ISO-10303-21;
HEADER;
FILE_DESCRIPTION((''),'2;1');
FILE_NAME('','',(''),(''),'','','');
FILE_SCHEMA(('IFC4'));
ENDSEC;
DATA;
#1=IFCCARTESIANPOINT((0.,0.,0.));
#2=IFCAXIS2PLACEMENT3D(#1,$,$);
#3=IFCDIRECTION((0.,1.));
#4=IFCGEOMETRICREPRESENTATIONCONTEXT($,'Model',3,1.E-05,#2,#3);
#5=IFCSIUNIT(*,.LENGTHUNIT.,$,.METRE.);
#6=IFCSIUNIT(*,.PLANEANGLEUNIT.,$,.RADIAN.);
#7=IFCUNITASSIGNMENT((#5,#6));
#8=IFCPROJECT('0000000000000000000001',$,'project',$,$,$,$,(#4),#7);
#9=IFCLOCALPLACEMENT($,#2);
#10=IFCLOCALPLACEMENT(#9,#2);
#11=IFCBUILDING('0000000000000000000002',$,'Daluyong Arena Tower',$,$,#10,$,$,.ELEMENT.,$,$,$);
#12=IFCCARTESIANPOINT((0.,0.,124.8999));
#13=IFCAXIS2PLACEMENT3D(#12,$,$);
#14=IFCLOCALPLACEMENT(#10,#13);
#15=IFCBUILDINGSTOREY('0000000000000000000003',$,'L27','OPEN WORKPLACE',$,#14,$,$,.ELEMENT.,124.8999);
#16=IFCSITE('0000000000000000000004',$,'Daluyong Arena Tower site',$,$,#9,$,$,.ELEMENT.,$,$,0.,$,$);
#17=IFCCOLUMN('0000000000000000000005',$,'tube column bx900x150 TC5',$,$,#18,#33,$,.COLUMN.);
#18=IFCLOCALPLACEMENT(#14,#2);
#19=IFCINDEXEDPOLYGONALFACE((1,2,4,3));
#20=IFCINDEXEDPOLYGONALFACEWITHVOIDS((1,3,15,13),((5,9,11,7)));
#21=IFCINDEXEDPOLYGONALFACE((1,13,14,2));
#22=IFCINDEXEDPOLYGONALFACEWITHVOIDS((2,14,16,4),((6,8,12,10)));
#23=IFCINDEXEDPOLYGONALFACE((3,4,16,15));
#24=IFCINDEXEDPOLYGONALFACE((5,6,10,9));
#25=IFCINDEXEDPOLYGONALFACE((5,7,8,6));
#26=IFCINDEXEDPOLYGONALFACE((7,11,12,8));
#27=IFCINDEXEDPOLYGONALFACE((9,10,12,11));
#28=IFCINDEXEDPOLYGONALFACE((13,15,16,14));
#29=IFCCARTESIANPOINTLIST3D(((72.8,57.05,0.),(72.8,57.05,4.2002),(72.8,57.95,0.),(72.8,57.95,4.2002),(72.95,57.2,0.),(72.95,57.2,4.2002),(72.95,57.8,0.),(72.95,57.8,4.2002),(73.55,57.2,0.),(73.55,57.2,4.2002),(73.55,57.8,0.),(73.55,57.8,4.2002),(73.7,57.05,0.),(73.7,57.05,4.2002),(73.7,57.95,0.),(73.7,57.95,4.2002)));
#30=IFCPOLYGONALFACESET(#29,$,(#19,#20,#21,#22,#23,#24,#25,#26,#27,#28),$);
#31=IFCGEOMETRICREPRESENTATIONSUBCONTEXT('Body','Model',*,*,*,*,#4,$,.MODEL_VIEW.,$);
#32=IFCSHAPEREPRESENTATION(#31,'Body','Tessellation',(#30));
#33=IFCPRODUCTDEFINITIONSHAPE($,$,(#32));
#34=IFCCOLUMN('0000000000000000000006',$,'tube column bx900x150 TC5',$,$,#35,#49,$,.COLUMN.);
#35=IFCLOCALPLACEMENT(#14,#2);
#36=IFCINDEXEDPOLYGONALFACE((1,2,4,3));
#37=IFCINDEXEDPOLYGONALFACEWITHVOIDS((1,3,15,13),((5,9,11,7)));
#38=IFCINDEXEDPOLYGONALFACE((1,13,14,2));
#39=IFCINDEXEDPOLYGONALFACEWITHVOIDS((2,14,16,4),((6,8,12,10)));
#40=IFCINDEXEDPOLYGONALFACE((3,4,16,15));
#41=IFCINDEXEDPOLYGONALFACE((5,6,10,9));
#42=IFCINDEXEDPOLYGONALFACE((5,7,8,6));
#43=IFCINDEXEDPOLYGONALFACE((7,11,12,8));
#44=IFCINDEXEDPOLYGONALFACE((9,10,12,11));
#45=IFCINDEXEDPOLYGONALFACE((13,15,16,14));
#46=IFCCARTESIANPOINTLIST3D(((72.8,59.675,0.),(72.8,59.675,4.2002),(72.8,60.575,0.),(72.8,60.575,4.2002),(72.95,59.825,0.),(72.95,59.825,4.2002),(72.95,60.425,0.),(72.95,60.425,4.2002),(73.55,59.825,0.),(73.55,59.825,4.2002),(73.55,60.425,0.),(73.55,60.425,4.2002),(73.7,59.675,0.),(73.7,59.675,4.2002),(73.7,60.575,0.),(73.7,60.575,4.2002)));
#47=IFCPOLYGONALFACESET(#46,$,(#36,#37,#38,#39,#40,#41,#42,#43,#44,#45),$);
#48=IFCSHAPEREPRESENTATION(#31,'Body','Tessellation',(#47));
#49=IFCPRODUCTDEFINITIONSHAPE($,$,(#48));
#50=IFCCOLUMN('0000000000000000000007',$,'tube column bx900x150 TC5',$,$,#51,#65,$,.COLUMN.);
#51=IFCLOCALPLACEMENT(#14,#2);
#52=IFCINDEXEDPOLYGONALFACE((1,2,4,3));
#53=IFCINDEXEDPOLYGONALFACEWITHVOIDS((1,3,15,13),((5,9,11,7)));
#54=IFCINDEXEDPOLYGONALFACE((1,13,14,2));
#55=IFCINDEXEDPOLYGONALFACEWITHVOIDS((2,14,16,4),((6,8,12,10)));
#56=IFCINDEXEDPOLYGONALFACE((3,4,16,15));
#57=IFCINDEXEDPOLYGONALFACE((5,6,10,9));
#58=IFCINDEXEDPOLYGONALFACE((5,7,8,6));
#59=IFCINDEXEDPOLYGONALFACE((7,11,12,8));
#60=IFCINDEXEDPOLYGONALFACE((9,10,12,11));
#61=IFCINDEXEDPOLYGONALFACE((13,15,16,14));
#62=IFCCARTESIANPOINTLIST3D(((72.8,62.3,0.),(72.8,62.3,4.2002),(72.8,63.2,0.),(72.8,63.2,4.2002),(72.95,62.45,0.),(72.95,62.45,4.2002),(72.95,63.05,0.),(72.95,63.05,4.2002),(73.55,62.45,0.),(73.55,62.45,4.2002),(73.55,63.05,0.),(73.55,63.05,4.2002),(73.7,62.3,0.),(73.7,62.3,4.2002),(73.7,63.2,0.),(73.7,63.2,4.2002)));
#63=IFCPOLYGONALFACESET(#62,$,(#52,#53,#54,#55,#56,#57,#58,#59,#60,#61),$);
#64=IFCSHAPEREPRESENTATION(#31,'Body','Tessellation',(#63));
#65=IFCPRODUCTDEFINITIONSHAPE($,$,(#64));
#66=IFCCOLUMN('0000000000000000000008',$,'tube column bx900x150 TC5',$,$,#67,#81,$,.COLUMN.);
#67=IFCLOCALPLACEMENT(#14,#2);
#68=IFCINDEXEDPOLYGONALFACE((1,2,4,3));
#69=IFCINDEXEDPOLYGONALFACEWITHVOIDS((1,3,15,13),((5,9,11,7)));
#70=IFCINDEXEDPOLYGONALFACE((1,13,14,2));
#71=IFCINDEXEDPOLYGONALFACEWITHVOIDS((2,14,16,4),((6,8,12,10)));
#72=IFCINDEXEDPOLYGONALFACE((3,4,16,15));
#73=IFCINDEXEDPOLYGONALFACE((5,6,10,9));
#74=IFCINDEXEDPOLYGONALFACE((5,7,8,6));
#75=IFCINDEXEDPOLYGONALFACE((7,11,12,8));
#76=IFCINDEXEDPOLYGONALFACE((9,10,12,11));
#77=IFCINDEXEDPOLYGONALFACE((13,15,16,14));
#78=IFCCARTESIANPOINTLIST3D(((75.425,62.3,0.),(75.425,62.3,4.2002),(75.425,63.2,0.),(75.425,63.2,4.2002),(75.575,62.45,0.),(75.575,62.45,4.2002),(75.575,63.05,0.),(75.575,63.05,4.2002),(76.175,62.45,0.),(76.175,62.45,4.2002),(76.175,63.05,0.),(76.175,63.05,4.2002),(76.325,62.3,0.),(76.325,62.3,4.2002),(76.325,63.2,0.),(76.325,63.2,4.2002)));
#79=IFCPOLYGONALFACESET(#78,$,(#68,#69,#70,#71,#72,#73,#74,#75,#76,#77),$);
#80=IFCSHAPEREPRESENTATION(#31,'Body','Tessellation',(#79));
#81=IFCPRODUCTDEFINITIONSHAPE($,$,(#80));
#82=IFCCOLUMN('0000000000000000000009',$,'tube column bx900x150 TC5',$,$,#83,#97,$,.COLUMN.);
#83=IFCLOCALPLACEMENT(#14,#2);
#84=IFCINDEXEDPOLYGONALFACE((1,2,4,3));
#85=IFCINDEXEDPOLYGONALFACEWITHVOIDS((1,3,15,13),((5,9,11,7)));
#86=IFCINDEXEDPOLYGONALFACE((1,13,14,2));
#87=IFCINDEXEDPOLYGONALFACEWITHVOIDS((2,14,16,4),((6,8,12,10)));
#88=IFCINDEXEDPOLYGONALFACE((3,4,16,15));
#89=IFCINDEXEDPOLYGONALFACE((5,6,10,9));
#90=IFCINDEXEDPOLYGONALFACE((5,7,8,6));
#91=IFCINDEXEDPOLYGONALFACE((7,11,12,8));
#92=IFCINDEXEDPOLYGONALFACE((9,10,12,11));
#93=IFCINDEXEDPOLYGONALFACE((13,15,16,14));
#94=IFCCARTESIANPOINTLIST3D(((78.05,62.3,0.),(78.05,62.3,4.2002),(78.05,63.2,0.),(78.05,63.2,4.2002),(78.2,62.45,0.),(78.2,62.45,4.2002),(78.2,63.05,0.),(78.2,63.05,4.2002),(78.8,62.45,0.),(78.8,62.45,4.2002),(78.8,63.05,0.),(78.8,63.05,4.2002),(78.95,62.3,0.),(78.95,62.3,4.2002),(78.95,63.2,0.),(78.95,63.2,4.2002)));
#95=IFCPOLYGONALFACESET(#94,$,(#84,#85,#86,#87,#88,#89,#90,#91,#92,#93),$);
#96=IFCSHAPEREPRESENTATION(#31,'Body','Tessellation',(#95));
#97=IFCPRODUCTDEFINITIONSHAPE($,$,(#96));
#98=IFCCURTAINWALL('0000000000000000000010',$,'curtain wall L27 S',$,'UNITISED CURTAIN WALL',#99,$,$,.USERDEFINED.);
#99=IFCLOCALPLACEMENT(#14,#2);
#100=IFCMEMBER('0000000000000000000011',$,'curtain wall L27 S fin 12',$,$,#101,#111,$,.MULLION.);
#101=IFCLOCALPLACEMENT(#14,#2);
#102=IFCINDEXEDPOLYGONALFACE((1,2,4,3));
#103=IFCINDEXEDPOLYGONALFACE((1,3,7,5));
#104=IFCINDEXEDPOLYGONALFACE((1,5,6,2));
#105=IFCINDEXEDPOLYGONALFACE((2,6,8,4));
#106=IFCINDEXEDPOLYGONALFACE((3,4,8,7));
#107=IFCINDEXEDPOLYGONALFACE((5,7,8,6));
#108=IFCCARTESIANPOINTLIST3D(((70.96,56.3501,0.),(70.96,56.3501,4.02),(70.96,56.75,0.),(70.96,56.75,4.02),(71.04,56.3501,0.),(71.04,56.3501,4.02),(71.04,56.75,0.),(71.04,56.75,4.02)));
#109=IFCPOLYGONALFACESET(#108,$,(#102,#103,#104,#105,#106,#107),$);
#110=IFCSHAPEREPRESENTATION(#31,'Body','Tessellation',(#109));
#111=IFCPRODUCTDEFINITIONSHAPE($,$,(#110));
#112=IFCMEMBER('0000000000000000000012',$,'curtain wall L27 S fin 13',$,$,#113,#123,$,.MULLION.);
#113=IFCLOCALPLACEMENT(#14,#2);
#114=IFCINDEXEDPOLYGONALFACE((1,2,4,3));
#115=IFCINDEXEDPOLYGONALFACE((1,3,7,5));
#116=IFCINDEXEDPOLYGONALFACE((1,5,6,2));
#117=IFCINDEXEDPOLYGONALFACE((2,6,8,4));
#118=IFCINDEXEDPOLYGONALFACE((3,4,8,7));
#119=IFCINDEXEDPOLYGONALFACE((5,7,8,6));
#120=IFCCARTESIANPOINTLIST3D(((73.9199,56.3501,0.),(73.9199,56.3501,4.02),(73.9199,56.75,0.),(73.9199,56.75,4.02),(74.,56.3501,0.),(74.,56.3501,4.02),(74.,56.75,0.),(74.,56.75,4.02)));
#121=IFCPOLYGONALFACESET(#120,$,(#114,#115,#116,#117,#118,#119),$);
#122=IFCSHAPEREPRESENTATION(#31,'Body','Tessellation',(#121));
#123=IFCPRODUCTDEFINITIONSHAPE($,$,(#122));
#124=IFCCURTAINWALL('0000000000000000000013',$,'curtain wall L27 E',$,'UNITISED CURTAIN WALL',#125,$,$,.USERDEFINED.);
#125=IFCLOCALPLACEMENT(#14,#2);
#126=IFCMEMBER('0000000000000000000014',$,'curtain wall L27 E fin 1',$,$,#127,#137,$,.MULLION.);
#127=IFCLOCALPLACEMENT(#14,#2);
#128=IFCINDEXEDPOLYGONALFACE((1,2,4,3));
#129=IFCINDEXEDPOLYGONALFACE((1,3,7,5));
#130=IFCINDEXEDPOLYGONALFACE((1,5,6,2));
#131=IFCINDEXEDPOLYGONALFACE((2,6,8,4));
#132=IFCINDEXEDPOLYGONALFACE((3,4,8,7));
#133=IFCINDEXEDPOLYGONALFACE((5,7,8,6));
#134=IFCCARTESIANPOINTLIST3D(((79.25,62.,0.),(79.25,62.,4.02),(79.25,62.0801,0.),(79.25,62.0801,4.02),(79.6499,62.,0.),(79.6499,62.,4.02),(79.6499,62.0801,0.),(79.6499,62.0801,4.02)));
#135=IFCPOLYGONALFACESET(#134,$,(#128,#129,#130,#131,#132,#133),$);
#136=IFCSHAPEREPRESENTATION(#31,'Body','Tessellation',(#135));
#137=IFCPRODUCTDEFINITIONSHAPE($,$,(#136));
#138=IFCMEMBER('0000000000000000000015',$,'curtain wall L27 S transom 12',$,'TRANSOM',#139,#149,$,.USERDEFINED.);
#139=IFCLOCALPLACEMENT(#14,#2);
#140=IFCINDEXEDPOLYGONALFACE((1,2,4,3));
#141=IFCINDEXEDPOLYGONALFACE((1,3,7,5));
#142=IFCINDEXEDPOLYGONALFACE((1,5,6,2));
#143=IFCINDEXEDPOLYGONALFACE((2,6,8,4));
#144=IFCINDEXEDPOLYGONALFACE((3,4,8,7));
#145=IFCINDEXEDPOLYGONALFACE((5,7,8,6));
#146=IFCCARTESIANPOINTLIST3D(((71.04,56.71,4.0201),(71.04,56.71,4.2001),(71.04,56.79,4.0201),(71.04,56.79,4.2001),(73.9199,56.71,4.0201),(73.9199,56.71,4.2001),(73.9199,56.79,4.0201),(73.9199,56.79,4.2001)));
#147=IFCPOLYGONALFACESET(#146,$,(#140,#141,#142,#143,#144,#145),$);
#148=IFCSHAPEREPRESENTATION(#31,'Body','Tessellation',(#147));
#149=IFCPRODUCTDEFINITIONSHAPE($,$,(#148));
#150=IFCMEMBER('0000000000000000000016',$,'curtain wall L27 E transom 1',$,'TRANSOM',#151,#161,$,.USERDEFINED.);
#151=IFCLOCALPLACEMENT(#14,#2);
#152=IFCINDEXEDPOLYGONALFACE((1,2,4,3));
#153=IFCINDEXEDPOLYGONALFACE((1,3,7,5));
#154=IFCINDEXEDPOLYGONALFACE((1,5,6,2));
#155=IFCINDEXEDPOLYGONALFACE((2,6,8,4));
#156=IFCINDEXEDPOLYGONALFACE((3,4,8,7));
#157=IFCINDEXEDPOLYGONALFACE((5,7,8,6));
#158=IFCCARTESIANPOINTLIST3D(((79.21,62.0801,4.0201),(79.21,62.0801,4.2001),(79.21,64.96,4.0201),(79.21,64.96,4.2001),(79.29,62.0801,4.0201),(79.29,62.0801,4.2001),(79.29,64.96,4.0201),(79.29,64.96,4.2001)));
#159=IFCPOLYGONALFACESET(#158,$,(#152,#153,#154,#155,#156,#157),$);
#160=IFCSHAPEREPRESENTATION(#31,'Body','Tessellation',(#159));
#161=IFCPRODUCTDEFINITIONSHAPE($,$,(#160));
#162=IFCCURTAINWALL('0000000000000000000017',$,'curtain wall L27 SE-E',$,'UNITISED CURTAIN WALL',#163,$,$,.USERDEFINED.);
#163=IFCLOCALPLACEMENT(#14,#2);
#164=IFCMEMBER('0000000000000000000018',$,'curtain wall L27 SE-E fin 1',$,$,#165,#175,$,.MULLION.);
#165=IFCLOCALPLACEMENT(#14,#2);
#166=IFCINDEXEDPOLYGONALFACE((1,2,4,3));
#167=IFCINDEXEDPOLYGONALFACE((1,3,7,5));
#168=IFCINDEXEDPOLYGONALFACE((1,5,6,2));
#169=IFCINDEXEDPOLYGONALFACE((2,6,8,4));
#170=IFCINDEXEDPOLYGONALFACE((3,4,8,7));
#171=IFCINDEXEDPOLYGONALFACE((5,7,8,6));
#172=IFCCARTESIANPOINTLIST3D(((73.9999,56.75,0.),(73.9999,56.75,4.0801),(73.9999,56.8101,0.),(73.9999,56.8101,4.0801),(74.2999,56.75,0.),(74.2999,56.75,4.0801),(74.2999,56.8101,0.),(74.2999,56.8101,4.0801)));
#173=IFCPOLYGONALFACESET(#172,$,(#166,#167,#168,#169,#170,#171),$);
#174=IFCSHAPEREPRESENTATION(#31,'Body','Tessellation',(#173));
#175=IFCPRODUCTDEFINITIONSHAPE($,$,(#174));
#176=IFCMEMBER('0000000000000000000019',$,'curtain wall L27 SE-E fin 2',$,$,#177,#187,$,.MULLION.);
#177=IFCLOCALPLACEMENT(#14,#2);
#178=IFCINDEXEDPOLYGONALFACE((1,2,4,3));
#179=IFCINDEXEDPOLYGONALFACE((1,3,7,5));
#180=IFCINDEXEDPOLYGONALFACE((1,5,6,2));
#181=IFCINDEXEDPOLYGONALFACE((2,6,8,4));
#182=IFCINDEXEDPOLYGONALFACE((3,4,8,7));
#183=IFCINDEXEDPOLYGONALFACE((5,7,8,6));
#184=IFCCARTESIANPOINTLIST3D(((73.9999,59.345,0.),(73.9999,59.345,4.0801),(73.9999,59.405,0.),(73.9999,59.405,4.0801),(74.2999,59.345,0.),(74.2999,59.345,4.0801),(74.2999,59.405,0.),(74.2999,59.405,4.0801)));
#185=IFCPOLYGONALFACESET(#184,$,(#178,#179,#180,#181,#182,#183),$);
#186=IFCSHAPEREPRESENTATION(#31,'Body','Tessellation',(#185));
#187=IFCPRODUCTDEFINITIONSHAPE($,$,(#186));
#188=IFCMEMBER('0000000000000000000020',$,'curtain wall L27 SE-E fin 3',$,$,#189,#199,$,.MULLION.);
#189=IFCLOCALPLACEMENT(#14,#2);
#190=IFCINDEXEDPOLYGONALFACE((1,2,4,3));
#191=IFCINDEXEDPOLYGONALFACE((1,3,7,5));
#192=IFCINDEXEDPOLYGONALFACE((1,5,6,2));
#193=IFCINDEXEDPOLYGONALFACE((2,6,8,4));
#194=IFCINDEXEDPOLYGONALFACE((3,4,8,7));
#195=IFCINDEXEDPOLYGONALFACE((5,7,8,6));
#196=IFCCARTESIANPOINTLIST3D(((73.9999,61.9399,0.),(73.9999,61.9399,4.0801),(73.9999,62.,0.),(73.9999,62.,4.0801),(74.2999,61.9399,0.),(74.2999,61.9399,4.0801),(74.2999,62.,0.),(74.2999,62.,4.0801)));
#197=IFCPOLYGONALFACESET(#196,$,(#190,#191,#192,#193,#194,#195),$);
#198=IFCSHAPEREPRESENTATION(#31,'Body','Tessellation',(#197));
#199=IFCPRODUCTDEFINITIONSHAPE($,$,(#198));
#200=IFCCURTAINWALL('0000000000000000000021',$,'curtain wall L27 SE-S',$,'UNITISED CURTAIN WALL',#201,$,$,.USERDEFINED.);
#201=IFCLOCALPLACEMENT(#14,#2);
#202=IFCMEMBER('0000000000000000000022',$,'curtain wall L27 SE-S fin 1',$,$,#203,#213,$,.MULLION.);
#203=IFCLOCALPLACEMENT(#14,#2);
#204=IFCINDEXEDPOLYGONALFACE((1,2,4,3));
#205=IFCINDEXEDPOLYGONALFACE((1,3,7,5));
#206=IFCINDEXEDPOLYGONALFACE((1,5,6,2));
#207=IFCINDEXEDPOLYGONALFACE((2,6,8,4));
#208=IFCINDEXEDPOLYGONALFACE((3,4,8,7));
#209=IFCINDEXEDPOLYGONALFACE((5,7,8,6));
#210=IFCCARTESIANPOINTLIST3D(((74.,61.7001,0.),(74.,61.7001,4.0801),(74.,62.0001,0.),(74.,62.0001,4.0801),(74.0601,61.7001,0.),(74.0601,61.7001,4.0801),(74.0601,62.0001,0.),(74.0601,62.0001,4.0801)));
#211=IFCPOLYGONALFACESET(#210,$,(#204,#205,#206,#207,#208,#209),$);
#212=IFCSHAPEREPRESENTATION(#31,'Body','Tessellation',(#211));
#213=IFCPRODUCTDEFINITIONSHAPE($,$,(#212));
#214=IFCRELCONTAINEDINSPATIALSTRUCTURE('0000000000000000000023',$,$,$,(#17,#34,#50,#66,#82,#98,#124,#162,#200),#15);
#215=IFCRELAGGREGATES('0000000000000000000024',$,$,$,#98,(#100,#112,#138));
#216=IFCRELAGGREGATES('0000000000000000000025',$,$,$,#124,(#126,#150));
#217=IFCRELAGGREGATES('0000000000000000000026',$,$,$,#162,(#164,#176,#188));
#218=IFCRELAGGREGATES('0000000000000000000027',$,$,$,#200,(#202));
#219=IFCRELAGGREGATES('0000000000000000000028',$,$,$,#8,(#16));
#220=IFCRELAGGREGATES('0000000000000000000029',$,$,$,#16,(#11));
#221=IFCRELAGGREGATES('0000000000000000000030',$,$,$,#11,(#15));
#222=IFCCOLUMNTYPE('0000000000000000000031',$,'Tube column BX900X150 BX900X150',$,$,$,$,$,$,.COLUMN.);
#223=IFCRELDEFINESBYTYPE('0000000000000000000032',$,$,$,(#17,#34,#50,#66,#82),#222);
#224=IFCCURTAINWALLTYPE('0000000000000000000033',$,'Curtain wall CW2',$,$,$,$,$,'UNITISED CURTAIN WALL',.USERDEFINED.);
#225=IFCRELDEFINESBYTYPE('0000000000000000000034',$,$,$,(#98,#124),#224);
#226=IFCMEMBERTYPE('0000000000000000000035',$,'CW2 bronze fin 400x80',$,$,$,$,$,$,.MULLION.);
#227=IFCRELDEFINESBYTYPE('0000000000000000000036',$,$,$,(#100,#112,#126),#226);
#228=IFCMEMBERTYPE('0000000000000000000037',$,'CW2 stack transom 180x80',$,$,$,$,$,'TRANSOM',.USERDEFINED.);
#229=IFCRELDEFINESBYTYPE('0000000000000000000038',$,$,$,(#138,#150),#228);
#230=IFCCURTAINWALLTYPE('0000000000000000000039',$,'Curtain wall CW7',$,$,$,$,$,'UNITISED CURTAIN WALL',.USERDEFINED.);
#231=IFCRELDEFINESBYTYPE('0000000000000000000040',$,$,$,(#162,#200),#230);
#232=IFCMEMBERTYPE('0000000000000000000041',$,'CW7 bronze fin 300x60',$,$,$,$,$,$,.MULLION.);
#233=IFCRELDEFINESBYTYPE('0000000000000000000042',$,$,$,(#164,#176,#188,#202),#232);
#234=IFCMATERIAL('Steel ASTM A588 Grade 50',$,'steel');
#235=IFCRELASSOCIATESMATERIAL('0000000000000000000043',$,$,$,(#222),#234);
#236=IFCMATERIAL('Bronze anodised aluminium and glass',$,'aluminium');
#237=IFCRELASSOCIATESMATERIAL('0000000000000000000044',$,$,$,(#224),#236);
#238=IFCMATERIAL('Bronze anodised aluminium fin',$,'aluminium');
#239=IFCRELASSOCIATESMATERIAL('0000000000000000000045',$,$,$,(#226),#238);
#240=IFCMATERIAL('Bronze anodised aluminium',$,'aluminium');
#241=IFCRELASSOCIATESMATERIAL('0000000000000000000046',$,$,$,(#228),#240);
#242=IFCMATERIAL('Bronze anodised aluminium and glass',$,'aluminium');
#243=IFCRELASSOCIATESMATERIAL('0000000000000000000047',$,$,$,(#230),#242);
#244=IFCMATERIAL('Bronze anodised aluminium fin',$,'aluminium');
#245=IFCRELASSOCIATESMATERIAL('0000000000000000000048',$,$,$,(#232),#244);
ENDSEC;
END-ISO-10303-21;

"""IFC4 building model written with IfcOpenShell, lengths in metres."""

from ifc_helpers import new_model, si_unit, direction, frame, origin, origin_2d, place, context, subcontext, project, spatial, rectangle, hollow_rectangle, extrude, material, material_profile, profile_set, type_object, element, aggregate, save


model = new_model("IFC4")

# Units and contexts
model_context = context("Model", 3, precision=1e-05, world=origin(), true_north=direction((0.0, 1.0)))
body_context = subcontext(model_context, "Body", "Model", "MODEL_VIEW")
ifc_project = project(units=[si_unit("LENGTHUNIT", "METRE"), si_unit("PLANEANGLEUNIT", "RADIAN")], contexts=[model_context])

# Site, building, storey
site_placement = place(None, origin())
site = spatial("IfcSite", under=ifc_project, at=site_placement, Name="Daluyong Arena Tower site", CompositionType="ELEMENT", RefElevation=0.0)
building_placement = place(site_placement, origin())
building = spatial("IfcBuilding", under=site, at=building_placement, Name="Daluyong Arena Tower", CompositionType="ELEMENT")
storey_placement = place(building_placement, frame((0.0, 0.0, 124.8999)))
storey = spatial("IfcBuildingStorey", under=building, at=storey_placement, Name="L27", Description="OPEN WORKPLACE", CompositionType="ELEMENT", Elevation=124.8999)

# Columns
ifc_material_1 = material(Name="Steel ASTM A588 Grade 50", Category="steel")
ifc_material_profile_1 = material_profile(ifc_material_1, hollow_rectangle(XDim=0.8999, YDim=0.8999, WallThickness=0.15, at=origin_2d()))
ifc_profile_set_1 = profile_set([ifc_material_profile_1], Name="Steel ASTM A588 Grade 50")
column_type = type_object("IfcColumnType", Name="Tube column BX900X150 BX900X150", PredefinedType="COLUMN", material=ifc_profile_set_1)
for number, where, z_axis, x_axis, name in (
    (1, (73.25, 57.5, 0.0), (0.0, 0.0, 1.0), (0.0, 1.0, 0.0), "tube column bx900x150 TC5"),
    (2, (73.25, 60.125, 0.0), (0.0, 0.0, 1.0), (0.0, 1.0, 0.0), "tube column bx900x150 TC5"),
    (3, (73.25, 62.75, 0.0), (0.0, 0.0, 1.0), (1.0, 0.0, 0.0), "tube column bx900x150 TC5"),
    (4, (75.875, 62.75, 0.0), (0.0, 0.0, 1.0), (1.0, 0.0, 0.0), "tube column bx900x150 TC5"),
    (5, (78.5, 62.75, 0.0), (0.0, 0.0, 1.0), (0.0, 1.0, 0.0), "tube column bx900x150 TC5"),
):
    element("IfcColumn", number, at=place(storey_placement, frame(where, z_axis=z_axis, x_axis=x_axis)), inside=storey, type_object=column_type, Name=name, PredefinedType="COLUMN", context=body_context, shape_type="SweptSolid", body=[
        extrude(hollow_rectangle(XDim=0.8999, YDim=0.8999, WallThickness=0.15, at=origin_2d()), origin(), (0.0, 0.0, 1.0), 4.2002),
    ])

# Curtain wall, members
ifc_material_2 = material(Name="Bronze anodised aluminium and glass", Category="aluminium")
curtain_wall_type_1 = type_object("IfcCurtainWallType", Name="Curtain wall CW2", ElementType="UNITISED CURTAIN WALL", PredefinedType="USERDEFINED", material=ifc_material_2)
curtain_wall_1_placement = place(storey_placement, origin())
curtain_wall_1 = element("IfcCurtainWall", 6, at=curtain_wall_1_placement, inside=storey, type_object=curtain_wall_type_1, Name="curtain wall L27 S", ObjectType="UNITISED CURTAIN WALL", PredefinedType="USERDEFINED")
ifc_material_3 = material(Name="Bronze anodised aluminium fin", Category="aluminium")
ifc_material_profile_2 = material_profile(ifc_material_3, rectangle(XDim=0.3999, YDim=0.0801, at=origin_2d()))
ifc_profile_set_2 = profile_set([ifc_material_profile_2], Name="Bronze anodised aluminium fin")
member_type_1 = type_object("IfcMemberType", Name="CW2 bronze fin 400x80", PredefinedType="MULLION", material=ifc_profile_set_2)
member_1_placement = place(storey_placement, frame((71.0, 56.55, 0.0), z_axis=(0.0, 0.0, 1.0), x_axis=(0.0, 1.0, 0.0)))
member_1 = element("IfcMember", 7, at=member_1_placement, type_object=member_type_1, Name="curtain wall L27 S fin 12", PredefinedType="MULLION", context=body_context, shape_type="SweptSolid", body=[
    extrude(rectangle(XDim=0.3999, YDim=0.0801, at=origin_2d()), origin(), (0.0, 0.0, 1.0), 4.02),
])
member_2_placement = place(storey_placement, frame((73.96, 56.55, 0.0), z_axis=(0.0, 0.0, 1.0), x_axis=(0.0, 1.0, 0.0)))
member_2 = element("IfcMember", 8, at=member_2_placement, type_object=member_type_1, Name="curtain wall L27 S fin 13", PredefinedType="MULLION", context=body_context, shape_type="SweptSolid", body=[
    extrude(rectangle(XDim=0.3999, YDim=0.0801, at=origin_2d()), origin(), (0.0, 0.0, 1.0), 4.02),
])

# Curtain wall, member
curtain_wall_2_placement = place(storey_placement, origin())
curtain_wall_2 = element("IfcCurtainWall", 9, at=curtain_wall_2_placement, inside=storey, type_object=curtain_wall_type_1, Name="curtain wall L27 E", ObjectType="UNITISED CURTAIN WALL", PredefinedType="USERDEFINED")
member_3_placement = place(storey_placement, frame((79.45, 62.04, 0.0), z_axis=(0.0, 0.0, 1.0), x_axis=(-1.0, 0.0, 0.0)))
member_3 = element("IfcMember", 10, at=member_3_placement, type_object=member_type_1, Name="curtain wall L27 E fin 1", PredefinedType="MULLION", context=body_context, shape_type="SweptSolid", body=[
    extrude(rectangle(XDim=0.3999, YDim=0.0801, at=origin_2d()), origin(), (0.0, 0.0, 1.0), 4.02),
])

# Members
ifc_material_4 = material(Name="Bronze anodised aluminium", Category="aluminium")
ifc_material_profile_3 = material_profile(ifc_material_4, rectangle(XDim=0.0801, YDim=0.1799, at=origin_2d()))
ifc_profile_set_3 = profile_set([ifc_material_profile_3], Name="Bronze anodised aluminium")
member_type_2 = type_object("IfcMemberType", Name="CW2 stack transom 180x80", ElementType="TRANSOM", PredefinedType="USERDEFINED", material=ifc_profile_set_3)
member_4_placement = place(storey_placement, frame((71.04, 56.75, 4.1101), z_axis=(1.0, 0.0, 0.0), x_axis=(0.0, 1.0, 0.0)))
member_4 = element("IfcMember", 11, at=member_4_placement, type_object=member_type_2, Name="curtain wall L27 S transom 12", ObjectType="TRANSOM", PredefinedType="USERDEFINED", context=body_context, shape_type="SweptSolid", body=[
    extrude(rectangle(XDim=0.0801, YDim=0.1799, at=origin_2d()), origin(), (0.0, 0.0, 1.0), 2.8799),
])
member_5_placement = place(storey_placement, frame((79.25, 62.0801, 4.1101), z_axis=(0.0, 1.0, 0.0), x_axis=(-1.0, 0.0, 0.0)))
member_5 = element("IfcMember", 12, at=member_5_placement, type_object=member_type_2, Name="curtain wall L27 E transom 1", ObjectType="TRANSOM", PredefinedType="USERDEFINED", context=body_context, shape_type="SweptSolid", body=[
    extrude(rectangle(XDim=0.0801, YDim=0.1799, at=origin_2d()), origin(), (0.0, 0.0, 1.0), 2.8799),
])

# Curtain walls, members
ifc_material_5 = material(Name="Bronze anodised aluminium and glass", Category="aluminium")
curtain_wall_type_2 = type_object("IfcCurtainWallType", Name="Curtain wall CW7", ElementType="UNITISED CURTAIN WALL", PredefinedType="USERDEFINED", material=ifc_material_5)
curtain_wall_3_placement = place(storey_placement, origin())
curtain_wall_3 = element("IfcCurtainWall", 13, at=curtain_wall_3_placement, inside=storey, type_object=curtain_wall_type_2, Name="curtain wall L27 SE-E", ObjectType="UNITISED CURTAIN WALL", PredefinedType="USERDEFINED")
ifc_material_6 = material(Name="Bronze anodised aluminium fin", Category="aluminium")
ifc_material_profile_4 = material_profile(ifc_material_6, rectangle(XDim=0.3, YDim=0.0601, at=origin_2d()))
ifc_profile_set_4 = profile_set([ifc_material_profile_4], Name="Bronze anodised aluminium fin")
member_type_3 = type_object("IfcMemberType", Name="CW7 bronze fin 300x60", PredefinedType="MULLION", material=ifc_profile_set_4)
member_6_placement = place(storey_placement, frame((74.1499, 56.78, 0.0), z_axis=(0.0, 0.0, 1.0), x_axis=(-1.0, 0.0, 0.0)))
member_6 = element("IfcMember", 14, at=member_6_placement, type_object=member_type_3, Name="curtain wall L27 SE-E fin 1", PredefinedType="MULLION", context=body_context, shape_type="SweptSolid", body=[
    extrude(rectangle(XDim=0.3, YDim=0.0601, at=origin_2d()), origin(), (0.0, 0.0, 1.0), 4.0801),
])
member_7_placement = place(storey_placement, frame((74.1499, 59.375, 0.0), z_axis=(0.0, 0.0, 1.0), x_axis=(-1.0, 0.0, 0.0)))
member_7 = element("IfcMember", 15, at=member_7_placement, type_object=member_type_3, Name="curtain wall L27 SE-E fin 2", PredefinedType="MULLION", context=body_context, shape_type="SweptSolid", body=[
    extrude(rectangle(XDim=0.3, YDim=0.0601, at=origin_2d()), origin(), (0.0, 0.0, 1.0), 4.0801),
])
member_8_placement = place(storey_placement, frame((74.1499, 61.97, 0.0), z_axis=(0.0, 0.0, 1.0), x_axis=(-1.0, 0.0, 0.0)))
member_8 = element("IfcMember", 16, at=member_8_placement, type_object=member_type_3, Name="curtain wall L27 SE-E fin 3", PredefinedType="MULLION", context=body_context, shape_type="SweptSolid", body=[
    extrude(rectangle(XDim=0.3, YDim=0.0601, at=origin_2d()), origin(), (0.0, 0.0, 1.0), 4.0801),
])
curtain_wall_4_placement = place(storey_placement, origin())
curtain_wall_4 = element("IfcCurtainWall", 17, at=curtain_wall_4_placement, inside=storey, type_object=curtain_wall_type_2, Name="curtain wall L27 SE-S", ObjectType="UNITISED CURTAIN WALL", PredefinedType="USERDEFINED")
member_9_placement = place(storey_placement, frame((74.03, 61.8501, 0.0), z_axis=(0.0, 0.0, 1.0), x_axis=(0.0, 1.0, 0.0)))
member_9 = element("IfcMember", 18, at=member_9_placement, type_object=member_type_3, Name="curtain wall L27 SE-S fin 1", PredefinedType="MULLION", context=body_context, shape_type="SweptSolid", body=[
    extrude(rectangle(XDim=0.3, YDim=0.0601, at=origin_2d()), origin(), (0.0, 0.0, 1.0), 4.0801),
])

aggregate(curtain_wall_1, [member_1, member_2, member_4])
aggregate(curtain_wall_2, [member_3, member_5])
aggregate(curtain_wall_3, [member_6, member_7, member_8])
aggregate(curtain_wall_4, [member_9])

save(model, "model.ifc")
